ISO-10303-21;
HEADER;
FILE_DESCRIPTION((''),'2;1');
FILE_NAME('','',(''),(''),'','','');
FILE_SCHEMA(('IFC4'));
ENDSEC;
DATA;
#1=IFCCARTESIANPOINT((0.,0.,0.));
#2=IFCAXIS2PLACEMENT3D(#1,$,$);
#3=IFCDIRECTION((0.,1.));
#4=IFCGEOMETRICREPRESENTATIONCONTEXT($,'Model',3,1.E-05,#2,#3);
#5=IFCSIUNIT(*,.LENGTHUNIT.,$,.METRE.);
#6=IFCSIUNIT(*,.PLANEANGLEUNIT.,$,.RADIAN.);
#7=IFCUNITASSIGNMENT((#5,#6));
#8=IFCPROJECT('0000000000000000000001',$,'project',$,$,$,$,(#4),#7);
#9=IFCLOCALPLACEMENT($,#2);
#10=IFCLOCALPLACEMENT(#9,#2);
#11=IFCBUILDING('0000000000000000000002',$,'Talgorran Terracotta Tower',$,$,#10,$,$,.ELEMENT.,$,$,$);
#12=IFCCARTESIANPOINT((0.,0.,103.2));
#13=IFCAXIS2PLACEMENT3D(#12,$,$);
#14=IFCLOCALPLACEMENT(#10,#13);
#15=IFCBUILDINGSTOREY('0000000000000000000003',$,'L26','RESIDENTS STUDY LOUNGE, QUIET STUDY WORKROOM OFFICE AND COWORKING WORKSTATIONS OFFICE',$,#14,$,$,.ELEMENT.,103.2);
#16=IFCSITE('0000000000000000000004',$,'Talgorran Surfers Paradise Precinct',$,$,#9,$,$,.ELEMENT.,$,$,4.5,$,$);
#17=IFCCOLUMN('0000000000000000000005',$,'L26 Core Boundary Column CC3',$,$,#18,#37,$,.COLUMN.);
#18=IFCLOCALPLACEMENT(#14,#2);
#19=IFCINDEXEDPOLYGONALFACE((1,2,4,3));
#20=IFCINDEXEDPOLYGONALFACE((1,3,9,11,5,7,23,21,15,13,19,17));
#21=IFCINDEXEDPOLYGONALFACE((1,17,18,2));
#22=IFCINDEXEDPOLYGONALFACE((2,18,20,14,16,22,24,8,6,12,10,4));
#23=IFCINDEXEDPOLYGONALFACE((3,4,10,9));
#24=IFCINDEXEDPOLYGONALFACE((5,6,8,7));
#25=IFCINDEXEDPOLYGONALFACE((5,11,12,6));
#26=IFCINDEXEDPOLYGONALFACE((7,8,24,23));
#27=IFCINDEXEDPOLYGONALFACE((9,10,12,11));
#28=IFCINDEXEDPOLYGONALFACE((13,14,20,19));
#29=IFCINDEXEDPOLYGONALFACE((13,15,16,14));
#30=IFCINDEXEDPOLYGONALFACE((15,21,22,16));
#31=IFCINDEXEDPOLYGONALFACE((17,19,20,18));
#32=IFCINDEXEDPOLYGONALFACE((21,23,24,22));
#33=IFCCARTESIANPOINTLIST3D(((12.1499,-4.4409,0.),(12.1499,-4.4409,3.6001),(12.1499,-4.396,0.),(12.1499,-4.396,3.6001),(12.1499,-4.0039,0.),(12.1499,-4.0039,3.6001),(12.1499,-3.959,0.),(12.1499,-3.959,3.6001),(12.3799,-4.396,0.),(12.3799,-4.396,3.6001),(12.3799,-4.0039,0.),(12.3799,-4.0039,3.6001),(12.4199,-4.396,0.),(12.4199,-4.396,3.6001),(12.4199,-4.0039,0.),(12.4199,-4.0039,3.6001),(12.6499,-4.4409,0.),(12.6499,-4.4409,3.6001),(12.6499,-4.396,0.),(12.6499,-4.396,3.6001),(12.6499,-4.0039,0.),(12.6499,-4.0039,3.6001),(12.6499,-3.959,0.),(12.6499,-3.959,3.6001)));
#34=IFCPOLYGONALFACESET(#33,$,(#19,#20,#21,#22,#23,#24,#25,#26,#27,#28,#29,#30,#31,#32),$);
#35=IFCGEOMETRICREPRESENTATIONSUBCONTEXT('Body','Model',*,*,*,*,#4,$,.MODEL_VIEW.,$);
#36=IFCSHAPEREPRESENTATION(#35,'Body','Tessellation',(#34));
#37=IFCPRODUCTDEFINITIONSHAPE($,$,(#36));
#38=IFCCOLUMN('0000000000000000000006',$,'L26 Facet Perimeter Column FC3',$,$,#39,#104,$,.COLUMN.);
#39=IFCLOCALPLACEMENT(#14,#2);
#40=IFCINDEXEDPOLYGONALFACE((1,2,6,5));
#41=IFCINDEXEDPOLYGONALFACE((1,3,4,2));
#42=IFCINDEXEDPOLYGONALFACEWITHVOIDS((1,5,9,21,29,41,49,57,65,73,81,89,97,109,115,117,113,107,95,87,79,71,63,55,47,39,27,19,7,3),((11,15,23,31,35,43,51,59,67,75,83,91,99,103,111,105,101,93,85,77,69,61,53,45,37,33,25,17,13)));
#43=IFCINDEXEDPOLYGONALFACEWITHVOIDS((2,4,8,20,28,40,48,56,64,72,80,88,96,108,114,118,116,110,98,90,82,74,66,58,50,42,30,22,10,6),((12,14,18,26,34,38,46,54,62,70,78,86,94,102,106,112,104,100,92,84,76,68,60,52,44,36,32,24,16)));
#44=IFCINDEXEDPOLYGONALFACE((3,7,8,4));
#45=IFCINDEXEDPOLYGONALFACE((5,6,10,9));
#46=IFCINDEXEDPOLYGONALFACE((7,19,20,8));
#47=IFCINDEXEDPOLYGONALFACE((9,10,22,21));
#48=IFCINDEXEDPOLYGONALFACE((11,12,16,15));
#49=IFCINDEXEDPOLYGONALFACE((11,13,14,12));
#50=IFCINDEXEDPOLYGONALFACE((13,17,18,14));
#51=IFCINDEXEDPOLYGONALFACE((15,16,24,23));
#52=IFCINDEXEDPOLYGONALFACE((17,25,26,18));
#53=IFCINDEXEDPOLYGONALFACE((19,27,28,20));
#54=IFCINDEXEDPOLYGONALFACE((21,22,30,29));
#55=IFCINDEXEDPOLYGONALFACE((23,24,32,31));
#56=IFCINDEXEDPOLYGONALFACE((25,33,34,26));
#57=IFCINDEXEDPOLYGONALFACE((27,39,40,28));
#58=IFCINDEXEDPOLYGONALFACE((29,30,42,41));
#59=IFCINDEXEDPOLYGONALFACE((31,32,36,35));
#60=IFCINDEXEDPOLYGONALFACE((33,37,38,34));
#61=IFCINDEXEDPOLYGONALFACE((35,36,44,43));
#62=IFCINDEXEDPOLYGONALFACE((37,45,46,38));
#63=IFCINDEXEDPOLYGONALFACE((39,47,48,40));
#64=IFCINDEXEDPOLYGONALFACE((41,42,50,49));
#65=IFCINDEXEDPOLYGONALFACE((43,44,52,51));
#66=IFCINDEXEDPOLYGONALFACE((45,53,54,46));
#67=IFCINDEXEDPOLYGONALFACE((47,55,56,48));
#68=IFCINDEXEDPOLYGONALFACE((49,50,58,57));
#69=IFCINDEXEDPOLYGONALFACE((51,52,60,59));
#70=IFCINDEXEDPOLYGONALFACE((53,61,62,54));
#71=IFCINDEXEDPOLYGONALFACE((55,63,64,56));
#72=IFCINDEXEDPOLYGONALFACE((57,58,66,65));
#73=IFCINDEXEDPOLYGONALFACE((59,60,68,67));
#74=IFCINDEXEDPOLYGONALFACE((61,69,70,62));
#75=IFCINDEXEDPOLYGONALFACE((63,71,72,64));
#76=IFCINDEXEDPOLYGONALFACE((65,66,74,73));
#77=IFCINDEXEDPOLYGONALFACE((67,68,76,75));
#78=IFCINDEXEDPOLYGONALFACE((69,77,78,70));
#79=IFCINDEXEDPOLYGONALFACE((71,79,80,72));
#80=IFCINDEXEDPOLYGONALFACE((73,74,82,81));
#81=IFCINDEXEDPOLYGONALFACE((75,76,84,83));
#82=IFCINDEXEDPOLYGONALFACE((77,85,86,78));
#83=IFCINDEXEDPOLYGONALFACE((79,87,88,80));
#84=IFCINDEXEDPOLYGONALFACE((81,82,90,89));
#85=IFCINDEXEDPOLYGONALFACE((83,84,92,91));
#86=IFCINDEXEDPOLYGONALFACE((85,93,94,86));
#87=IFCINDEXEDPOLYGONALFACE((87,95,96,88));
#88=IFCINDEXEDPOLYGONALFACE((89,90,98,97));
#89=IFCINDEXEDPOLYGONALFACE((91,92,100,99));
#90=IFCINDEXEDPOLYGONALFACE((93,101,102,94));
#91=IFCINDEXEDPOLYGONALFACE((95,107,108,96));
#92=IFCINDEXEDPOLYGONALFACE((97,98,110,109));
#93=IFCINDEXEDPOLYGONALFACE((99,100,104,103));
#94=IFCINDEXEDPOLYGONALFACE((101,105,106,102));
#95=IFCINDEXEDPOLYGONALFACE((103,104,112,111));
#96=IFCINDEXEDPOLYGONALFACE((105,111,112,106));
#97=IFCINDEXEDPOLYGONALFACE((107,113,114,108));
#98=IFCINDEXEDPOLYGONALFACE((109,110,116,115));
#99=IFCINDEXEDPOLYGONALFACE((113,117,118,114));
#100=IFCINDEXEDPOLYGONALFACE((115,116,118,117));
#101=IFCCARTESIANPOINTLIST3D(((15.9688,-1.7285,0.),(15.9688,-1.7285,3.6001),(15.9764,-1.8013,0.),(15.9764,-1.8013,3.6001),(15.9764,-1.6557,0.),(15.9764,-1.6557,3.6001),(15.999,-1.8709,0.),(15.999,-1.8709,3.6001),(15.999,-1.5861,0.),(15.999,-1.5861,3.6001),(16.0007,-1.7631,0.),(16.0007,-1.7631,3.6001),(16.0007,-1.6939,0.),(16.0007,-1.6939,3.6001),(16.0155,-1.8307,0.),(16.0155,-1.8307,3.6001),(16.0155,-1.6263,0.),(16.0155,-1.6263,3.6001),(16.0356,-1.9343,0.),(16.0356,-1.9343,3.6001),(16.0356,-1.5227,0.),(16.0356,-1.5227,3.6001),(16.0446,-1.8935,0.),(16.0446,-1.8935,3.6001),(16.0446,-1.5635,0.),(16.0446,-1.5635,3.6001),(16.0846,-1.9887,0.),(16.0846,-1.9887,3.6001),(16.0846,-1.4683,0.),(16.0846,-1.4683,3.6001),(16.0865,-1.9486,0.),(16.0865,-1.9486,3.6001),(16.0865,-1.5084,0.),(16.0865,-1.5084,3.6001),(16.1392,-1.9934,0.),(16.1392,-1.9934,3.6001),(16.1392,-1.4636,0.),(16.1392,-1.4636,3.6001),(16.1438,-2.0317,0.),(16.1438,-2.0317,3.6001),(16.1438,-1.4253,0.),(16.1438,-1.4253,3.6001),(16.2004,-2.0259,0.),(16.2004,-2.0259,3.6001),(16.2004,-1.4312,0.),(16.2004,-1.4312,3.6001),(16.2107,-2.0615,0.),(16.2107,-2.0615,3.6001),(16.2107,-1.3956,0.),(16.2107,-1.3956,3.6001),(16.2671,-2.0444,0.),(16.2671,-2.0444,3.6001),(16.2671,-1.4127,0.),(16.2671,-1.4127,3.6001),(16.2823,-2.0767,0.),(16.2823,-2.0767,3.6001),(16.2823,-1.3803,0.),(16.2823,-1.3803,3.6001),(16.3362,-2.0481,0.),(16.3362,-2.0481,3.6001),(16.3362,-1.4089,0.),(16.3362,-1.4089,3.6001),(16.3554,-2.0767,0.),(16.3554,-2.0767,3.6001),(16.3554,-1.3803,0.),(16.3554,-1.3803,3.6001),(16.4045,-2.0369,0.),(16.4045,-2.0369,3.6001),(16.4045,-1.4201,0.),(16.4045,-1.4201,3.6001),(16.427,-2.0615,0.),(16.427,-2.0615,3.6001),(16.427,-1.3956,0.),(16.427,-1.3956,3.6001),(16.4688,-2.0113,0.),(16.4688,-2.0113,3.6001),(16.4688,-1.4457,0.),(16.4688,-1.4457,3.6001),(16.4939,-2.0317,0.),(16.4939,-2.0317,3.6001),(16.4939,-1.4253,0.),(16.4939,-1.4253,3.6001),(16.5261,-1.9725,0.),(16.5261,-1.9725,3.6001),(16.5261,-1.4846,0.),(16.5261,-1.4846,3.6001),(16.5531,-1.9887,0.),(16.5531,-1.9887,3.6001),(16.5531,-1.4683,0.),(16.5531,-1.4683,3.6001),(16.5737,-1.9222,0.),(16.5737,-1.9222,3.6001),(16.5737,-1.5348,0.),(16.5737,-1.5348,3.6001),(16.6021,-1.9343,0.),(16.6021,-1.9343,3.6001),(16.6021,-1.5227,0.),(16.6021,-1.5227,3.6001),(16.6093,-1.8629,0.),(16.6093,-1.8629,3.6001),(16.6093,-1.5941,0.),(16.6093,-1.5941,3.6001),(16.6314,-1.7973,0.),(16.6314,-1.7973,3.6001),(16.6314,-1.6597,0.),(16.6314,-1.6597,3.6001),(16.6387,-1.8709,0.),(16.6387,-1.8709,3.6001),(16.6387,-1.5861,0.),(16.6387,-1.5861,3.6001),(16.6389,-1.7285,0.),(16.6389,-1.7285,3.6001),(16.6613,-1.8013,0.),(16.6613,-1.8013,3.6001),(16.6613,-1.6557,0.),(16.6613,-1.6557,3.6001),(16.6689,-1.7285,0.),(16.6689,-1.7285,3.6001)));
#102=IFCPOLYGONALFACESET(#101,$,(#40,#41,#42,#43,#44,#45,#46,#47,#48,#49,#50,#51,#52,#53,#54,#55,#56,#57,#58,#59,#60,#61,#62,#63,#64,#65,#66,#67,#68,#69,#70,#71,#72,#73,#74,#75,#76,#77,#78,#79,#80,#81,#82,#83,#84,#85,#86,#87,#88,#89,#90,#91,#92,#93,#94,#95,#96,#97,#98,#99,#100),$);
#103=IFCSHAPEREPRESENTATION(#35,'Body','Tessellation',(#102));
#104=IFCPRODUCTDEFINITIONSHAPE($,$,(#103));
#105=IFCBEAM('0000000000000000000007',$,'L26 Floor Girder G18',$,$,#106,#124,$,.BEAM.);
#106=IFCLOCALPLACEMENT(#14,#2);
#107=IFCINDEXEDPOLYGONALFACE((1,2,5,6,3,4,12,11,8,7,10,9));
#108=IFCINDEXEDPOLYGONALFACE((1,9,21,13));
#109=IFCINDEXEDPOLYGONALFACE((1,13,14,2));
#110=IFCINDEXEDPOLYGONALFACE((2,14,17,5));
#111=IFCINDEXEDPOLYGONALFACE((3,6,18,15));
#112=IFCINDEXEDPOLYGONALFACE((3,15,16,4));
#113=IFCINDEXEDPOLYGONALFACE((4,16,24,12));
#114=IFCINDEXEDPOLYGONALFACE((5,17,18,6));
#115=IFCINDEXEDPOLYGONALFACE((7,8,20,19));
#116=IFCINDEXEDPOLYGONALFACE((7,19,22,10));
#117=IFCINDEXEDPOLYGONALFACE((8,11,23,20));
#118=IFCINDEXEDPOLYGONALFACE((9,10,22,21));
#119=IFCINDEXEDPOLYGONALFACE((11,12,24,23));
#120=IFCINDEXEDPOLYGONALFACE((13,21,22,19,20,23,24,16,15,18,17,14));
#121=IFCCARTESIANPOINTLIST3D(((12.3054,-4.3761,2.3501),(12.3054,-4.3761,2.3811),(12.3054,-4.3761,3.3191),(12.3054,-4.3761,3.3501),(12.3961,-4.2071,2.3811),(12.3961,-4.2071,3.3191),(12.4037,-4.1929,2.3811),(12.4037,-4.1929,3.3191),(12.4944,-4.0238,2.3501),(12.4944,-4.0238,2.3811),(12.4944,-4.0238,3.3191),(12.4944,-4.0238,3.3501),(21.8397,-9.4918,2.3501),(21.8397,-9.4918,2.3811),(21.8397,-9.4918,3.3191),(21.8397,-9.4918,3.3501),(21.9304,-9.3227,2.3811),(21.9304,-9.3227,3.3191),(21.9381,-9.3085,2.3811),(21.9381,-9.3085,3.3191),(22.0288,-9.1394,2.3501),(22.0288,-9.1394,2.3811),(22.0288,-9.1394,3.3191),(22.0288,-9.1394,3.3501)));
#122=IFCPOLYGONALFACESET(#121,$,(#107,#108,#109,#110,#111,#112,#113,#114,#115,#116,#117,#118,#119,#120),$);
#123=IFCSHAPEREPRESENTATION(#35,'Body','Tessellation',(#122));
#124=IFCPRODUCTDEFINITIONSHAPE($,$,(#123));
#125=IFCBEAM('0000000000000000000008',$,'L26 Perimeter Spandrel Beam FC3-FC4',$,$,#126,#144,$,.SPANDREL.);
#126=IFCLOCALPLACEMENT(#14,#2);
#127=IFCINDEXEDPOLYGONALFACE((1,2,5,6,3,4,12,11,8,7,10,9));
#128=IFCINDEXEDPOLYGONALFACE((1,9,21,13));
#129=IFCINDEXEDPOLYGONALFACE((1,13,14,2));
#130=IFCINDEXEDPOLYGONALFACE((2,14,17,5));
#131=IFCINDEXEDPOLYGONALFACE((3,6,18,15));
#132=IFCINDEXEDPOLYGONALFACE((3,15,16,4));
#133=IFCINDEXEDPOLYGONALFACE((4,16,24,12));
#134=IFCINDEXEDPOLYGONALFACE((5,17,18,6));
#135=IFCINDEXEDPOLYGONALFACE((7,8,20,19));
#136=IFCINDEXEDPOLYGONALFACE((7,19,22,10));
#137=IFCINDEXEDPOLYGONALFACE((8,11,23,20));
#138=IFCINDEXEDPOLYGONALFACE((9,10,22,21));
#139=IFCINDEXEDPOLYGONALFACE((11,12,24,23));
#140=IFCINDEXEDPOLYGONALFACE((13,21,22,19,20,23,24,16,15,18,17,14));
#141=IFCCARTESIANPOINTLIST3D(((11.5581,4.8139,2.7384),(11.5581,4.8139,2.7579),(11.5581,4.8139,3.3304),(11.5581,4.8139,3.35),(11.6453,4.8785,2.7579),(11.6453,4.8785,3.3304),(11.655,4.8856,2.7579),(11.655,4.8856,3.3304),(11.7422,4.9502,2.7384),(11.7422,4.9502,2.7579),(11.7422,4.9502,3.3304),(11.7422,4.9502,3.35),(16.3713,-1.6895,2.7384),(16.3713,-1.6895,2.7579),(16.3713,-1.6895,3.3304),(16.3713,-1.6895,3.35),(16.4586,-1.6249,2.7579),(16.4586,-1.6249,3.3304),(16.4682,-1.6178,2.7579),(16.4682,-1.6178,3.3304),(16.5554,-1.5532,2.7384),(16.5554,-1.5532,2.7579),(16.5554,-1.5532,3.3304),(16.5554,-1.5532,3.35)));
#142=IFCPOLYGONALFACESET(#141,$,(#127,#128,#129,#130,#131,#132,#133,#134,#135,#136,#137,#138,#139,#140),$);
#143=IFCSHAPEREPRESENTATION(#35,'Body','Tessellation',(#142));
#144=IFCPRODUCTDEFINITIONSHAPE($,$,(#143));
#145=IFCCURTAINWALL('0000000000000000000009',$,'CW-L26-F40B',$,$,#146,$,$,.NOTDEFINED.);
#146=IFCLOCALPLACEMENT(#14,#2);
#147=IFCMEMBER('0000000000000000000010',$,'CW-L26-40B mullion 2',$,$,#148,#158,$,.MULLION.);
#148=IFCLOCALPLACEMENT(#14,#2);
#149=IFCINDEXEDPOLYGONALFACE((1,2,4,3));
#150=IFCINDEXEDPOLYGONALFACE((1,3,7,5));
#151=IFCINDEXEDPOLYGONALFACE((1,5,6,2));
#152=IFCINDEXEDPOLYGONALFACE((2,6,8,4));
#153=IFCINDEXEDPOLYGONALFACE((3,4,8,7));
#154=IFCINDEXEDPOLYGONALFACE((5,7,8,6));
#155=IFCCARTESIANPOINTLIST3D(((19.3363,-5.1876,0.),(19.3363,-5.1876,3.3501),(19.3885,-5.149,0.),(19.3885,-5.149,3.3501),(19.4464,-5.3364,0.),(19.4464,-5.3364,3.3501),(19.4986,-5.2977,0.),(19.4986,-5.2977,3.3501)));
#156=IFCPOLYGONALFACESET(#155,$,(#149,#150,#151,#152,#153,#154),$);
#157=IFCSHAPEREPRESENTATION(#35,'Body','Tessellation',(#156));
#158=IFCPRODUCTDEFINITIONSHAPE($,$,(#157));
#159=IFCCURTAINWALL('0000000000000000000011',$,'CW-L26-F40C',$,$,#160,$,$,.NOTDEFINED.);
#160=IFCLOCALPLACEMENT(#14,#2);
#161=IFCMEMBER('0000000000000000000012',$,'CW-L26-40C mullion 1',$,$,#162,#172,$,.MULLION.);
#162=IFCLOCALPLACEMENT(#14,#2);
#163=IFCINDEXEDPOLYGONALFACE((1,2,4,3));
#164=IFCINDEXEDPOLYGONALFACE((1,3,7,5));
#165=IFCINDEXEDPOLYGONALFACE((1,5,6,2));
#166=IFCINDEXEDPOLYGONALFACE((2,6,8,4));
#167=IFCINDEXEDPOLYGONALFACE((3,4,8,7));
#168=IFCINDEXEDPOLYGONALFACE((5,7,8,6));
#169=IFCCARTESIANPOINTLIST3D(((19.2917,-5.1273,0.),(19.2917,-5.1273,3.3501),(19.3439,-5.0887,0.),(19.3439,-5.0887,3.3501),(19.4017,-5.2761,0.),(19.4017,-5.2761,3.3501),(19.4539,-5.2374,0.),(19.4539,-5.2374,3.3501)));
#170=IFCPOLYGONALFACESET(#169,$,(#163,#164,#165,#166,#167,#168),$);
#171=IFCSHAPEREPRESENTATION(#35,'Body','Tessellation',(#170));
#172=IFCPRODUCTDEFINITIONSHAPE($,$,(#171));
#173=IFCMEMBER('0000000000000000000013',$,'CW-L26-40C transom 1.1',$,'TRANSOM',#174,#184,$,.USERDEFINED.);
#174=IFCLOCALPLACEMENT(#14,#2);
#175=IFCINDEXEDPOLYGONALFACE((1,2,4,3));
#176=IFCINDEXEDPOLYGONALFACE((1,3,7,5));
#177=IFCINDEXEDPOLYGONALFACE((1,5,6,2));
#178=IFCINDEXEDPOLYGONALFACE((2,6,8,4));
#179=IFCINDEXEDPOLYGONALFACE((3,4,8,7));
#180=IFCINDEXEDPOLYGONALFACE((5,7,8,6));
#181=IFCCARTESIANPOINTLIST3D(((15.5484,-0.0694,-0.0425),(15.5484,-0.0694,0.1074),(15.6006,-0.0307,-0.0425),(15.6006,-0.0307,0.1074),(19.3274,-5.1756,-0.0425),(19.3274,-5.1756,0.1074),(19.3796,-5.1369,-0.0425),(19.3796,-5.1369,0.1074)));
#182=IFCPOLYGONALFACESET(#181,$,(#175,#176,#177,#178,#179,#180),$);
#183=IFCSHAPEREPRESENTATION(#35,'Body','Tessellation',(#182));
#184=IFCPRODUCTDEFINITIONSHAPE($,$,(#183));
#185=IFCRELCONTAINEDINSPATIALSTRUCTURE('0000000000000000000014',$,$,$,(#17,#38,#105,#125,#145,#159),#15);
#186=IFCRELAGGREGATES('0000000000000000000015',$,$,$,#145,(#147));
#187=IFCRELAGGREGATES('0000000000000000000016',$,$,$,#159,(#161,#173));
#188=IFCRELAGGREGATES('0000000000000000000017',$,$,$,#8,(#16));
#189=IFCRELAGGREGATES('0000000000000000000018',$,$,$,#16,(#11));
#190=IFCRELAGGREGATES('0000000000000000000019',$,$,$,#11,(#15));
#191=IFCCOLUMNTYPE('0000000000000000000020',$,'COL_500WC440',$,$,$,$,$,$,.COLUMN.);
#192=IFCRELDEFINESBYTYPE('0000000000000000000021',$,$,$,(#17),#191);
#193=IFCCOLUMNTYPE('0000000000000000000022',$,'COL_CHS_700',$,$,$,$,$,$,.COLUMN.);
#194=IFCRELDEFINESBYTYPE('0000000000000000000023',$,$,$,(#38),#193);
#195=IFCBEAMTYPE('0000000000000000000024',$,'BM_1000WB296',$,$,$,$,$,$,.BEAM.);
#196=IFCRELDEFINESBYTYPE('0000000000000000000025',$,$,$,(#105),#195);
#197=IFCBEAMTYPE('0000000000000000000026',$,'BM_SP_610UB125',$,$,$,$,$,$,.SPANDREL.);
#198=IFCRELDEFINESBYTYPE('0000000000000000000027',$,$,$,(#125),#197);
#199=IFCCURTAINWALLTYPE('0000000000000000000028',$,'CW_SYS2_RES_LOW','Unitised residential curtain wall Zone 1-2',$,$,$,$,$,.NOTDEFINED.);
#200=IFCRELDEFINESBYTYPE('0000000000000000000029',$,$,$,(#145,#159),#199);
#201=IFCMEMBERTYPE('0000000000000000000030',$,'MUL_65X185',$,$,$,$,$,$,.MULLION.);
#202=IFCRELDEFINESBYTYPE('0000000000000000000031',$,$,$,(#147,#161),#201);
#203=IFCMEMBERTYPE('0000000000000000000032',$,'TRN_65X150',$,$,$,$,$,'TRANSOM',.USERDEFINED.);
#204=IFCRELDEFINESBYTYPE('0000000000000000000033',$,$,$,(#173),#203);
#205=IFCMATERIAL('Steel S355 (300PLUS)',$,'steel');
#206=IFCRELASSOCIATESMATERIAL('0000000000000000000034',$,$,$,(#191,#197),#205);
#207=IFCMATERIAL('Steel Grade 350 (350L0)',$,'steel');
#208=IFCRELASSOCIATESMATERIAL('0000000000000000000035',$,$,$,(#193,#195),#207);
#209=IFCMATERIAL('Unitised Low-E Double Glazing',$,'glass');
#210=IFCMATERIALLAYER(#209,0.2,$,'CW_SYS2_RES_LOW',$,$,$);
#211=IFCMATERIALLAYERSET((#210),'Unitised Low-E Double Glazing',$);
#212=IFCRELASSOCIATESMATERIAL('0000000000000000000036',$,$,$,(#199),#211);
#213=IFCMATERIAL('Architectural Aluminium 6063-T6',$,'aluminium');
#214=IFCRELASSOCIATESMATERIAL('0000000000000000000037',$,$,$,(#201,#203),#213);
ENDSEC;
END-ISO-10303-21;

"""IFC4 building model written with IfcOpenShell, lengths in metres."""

from ifc_helpers import new_model, si_unit, direction, frame, origin, origin_2d, place, context, subcontext, project, spatial, rectangle, hollow_circle, i_section, extrude, material, layer, layer_set, material_profile, profile_set, type_object, element, aggregate, save


model = new_model("IFC4")

# Units and contexts
model_context = context("Model", 3, precision=1e-05, world=origin(), true_north=direction((0.0, 1.0)))
body_context = subcontext(model_context, "Body", "Model", "MODEL_VIEW")
ifc_project = project(units=[si_unit("LENGTHUNIT", "METRE"), si_unit("PLANEANGLEUNIT", "RADIAN")], contexts=[model_context])

# Site, building, storey
site_placement = place(None, origin())
site = spatial("IfcSite", under=ifc_project, at=site_placement, Name="Talgorran Surfers Paradise Precinct", CompositionType="ELEMENT", RefElevation=4.5)
building_placement = place(site_placement, origin())
building = spatial("IfcBuilding", under=site, at=building_placement, Name="Talgorran Terracotta Tower", CompositionType="ELEMENT")
storey_placement = place(building_placement, frame((0.0, 0.0, 103.2)))
storey = spatial("IfcBuildingStorey", under=building, at=storey_placement, Name="L26", Description="RESIDENTS STUDY LOUNGE, QUIET STUDY WORKROOM OFFICE AND COWORKING WORKSTATIONS OFFICE", CompositionType="ELEMENT", Elevation=103.2)

# Columns
ifc_material_1 = material(Name="Steel S355 (300PLUS)", Category="steel")
ifc_material_profile_1 = material_profile(ifc_material_1, i_section(OverallWidth=0.5, OverallDepth=0.4819, WebThickness=0.04, FlangeThickness=0.0449, at=origin_2d()), Name="500WC440")
ifc_profile_set_1 = profile_set([ifc_material_profile_1], Name="Steel S355 (300PLUS)")
column_type_1 = type_object("IfcColumnType", Name="COL_500WC440", PredefinedType="COLUMN", material=ifc_profile_set_1)
column_1_placement = place(storey_placement, frame((12.3999, -4.2, 0.0), z_axis=(0.0, 0.0, 1.0), x_axis=(1.0, 0.0, 0.0)))
element("IfcColumn", 1, at=column_1_placement, inside=storey, type_object=column_type_1, Name="L26 Core Boundary Column CC3", PredefinedType="COLUMN", context=body_context, shape_type="SweptSolid", body=[
    extrude(i_section(OverallWidth=0.5, OverallDepth=0.4819, WebThickness=0.04, FlangeThickness=0.0449, at=origin_2d()), origin(), (0.0, 0.0, 1.0), 3.6001),
])
ifc_material_2 = material(Name="Steel Grade 350 (350L0)", Category="steel")
ifc_material_profile_2 = material_profile(ifc_material_2, hollow_circle(Radius=0.3501, WallThickness=0.03, at=origin_2d()), Name="CHS700X30")
ifc_profile_set_2 = profile_set([ifc_material_profile_2], Name="Steel Grade 350 (350L0)")
column_type_2 = type_object("IfcColumnType", Name="COL_CHS_700", PredefinedType="COLUMN", material=ifc_profile_set_2)
column_2_placement = place(storey_placement, frame((16.3188, -1.7285, 0.0), z_axis=(0.0, 0.0, 1.0), x_axis=(1.0, 0.0, 0.0)))
element("IfcColumn", 2, at=column_2_placement, inside=storey, type_object=column_type_2, Name="L26 Facet Perimeter Column FC3", PredefinedType="COLUMN", context=body_context, shape_type="SweptSolid", body=[
    extrude(hollow_circle(Radius=0.3501, WallThickness=0.03, at=origin_2d()), origin(), (0.0, 0.0, 1.0), 3.6001),
])

# Beams
ifc_material_profile_3 = material_profile(ifc_material_2, i_section(OverallWidth=0.3999, OverallDepth=1.0, WebThickness=0.0161, FlangeThickness=0.031, at=origin_2d()), Name="1000WB296")
ifc_profile_set_3 = profile_set([ifc_material_profile_3], Name="Steel Grade 350 (350L0)")
beam_type_1 = type_object("IfcBeamType", Name="BM_1000WB296", PredefinedType="BEAM", material=ifc_profile_set_3)
beam_1_placement = place(storey_placement, frame((12.3999, -4.2, 2.8501), z_axis=(0.881172, -0.472795, 0.0), x_axis=(0.472795, 0.881172, 0.0)))
element("IfcBeam", 3, at=beam_1_placement, inside=storey, type_object=beam_type_1, Name="L26 Floor Girder G18", PredefinedType="BEAM", context=body_context, shape_type="SweptSolid", body=[
    extrude(i_section(OverallWidth=0.3999, OverallDepth=1.0, WebThickness=0.0161, FlangeThickness=0.031, at=origin_2d()), origin(), (0.0, 0.0, 1.0), 10.8201),
])
ifc_material_profile_4 = material_profile(ifc_material_1, i_section(OverallWidth=0.229, OverallDepth=0.6116, WebThickness=0.012, FlangeThickness=0.0195, at=origin_2d()), Name="610UB125")
ifc_profile_set_4 = profile_set([ifc_material_profile_4], Name="Steel S355 (300PLUS)")
beam_type_2 = type_object("IfcBeamType", Name="BM_SP_610UB125", PredefinedType="SPANDREL", material=ifc_profile_set_4)
beam_2_placement = place(storey_placement, frame((16.4634, -1.6213, 3.0442), z_axis=(-0.594899, 0.8038, 0.0), x_axis=(-0.8038, -0.594899, 0.0)))
element("IfcBeam", 4, at=beam_2_placement, inside=storey, type_object=beam_type_2, Name="L26 Perimeter Spandrel Beam FC3-FC4", PredefinedType="SPANDREL", context=body_context, shape_type="SweptSolid", body=[
    extrude(i_section(OverallWidth=0.229, OverallDepth=0.6116, WebThickness=0.012, FlangeThickness=0.0195, at=origin_2d()), origin(), (0.0, 0.0, 1.0), 8.0908),
])

# Curtain wall, member
ifc_material_3 = material(Name="Unitised Low-E Double Glazing", Category="glass")
ifc_layer_1 = layer(ifc_material_3, 0.2, Name="CW_SYS2_RES_LOW")
ifc_layer_set_1 = layer_set([ifc_layer_1], Name="Unitised Low-E Double Glazing")
curtain_wall_type = type_object("IfcCurtainWallType", Name="CW_SYS2_RES_LOW", Description="Unitised residential curtain wall Zone 1-2", PredefinedType="NOTDEFINED", material=ifc_layer_set_1)
curtain_wall_1_placement = place(storey_placement, origin())
curtain_wall_1 = element("IfcCurtainWall", 5, at=curtain_wall_1_placement, inside=storey, type_object=curtain_wall_type, Name="CW-L26-F40B", PredefinedType="NOTDEFINED")
ifc_material_4 = material(Name="Architectural Aluminium 6063-T6", Category="aluminium")
ifc_material_profile_5 = material_profile(ifc_material_4, rectangle(XDim=0.0649, YDim=0.1851, at=origin_2d()), Name="CWM65X185")
ifc_profile_set_5 = profile_set([ifc_material_profile_5], Name="Architectural Aluminium 6063-T6")
member_type_1 = type_object("IfcMemberType", Name="MUL_65X185", PredefinedType="MULLION", material=ifc_profile_set_5)
member_1_placement = place(storey_placement, frame((19.4175, -5.2427, 0.0), z_axis=(0.0, 0.0, 1.0), x_axis=(-0.803791, -0.594912, 0.0)))
member_1 = element("IfcMember", 6, at=member_1_placement, type_object=member_type_1, Name="CW-L26-40B mullion 2", PredefinedType="MULLION", context=body_context, shape_type="SweptSolid", body=[
    extrude(rectangle(XDim=0.0649, YDim=0.1851, at=origin_2d()), origin(), (0.0, 0.0, 1.0), 3.3501),
])
aggregate(curtain_wall_1, [member_1])

# Curtain wall, members
curtain_wall_2_placement = place(storey_placement, origin())
curtain_wall_2 = element("IfcCurtainWall", 7, at=curtain_wall_2_placement, inside=storey, type_object=curtain_wall_type, Name="CW-L26-F40C", PredefinedType="NOTDEFINED")
member_2_placement = place(storey_placement, frame((19.3728, -5.1824, 0.0), z_axis=(0.0, 0.0, 1.0), x_axis=(-0.803794, -0.594908, 0.0)))
member_2 = element("IfcMember", 8, at=member_2_placement, type_object=member_type_1, Name="CW-L26-40C mullion 1", PredefinedType="MULLION", context=body_context, shape_type="SweptSolid", body=[
    extrude(rectangle(XDim=0.0649, YDim=0.1851, at=origin_2d()), origin(), (0.0, 0.0, 1.0), 3.3501),
])
ifc_material_profile_6 = material_profile(ifc_material_4, rectangle(XDim=0.0649, YDim=0.1499, at=origin_2d()), Name="CWT65X150")
ifc_profile_set_6 = profile_set([ifc_material_profile_6], Name="Architectural Aluminium 6063-T6")
member_type_2 = type_object("IfcMemberType", Name="TRN_65X150", ElementType="TRANSOM", PredefinedType="USERDEFINED", material=ifc_profile_set_6)
member_3_placement = place(storey_placement, frame((19.3535, -5.1562, 0.0325), z_axis=(-0.59489, 0.803807, 0.0), x_axis=(-0.803807, -0.59489, 0.0)))
member_3 = element("IfcMember", 9, at=member_3_placement, type_object=member_type_2, Name="CW-L26-40C transom 1.1", ObjectType="TRANSOM", PredefinedType="USERDEFINED", context=body_context, shape_type="SweptSolid", body=[
    extrude(rectangle(XDim=0.0649, YDim=0.1499, at=origin_2d()), origin(), (0.0, 0.0, 1.0), 6.3525),
])
aggregate(curtain_wall_2, [member_2, member_3])

save(model, "model.ifc")
